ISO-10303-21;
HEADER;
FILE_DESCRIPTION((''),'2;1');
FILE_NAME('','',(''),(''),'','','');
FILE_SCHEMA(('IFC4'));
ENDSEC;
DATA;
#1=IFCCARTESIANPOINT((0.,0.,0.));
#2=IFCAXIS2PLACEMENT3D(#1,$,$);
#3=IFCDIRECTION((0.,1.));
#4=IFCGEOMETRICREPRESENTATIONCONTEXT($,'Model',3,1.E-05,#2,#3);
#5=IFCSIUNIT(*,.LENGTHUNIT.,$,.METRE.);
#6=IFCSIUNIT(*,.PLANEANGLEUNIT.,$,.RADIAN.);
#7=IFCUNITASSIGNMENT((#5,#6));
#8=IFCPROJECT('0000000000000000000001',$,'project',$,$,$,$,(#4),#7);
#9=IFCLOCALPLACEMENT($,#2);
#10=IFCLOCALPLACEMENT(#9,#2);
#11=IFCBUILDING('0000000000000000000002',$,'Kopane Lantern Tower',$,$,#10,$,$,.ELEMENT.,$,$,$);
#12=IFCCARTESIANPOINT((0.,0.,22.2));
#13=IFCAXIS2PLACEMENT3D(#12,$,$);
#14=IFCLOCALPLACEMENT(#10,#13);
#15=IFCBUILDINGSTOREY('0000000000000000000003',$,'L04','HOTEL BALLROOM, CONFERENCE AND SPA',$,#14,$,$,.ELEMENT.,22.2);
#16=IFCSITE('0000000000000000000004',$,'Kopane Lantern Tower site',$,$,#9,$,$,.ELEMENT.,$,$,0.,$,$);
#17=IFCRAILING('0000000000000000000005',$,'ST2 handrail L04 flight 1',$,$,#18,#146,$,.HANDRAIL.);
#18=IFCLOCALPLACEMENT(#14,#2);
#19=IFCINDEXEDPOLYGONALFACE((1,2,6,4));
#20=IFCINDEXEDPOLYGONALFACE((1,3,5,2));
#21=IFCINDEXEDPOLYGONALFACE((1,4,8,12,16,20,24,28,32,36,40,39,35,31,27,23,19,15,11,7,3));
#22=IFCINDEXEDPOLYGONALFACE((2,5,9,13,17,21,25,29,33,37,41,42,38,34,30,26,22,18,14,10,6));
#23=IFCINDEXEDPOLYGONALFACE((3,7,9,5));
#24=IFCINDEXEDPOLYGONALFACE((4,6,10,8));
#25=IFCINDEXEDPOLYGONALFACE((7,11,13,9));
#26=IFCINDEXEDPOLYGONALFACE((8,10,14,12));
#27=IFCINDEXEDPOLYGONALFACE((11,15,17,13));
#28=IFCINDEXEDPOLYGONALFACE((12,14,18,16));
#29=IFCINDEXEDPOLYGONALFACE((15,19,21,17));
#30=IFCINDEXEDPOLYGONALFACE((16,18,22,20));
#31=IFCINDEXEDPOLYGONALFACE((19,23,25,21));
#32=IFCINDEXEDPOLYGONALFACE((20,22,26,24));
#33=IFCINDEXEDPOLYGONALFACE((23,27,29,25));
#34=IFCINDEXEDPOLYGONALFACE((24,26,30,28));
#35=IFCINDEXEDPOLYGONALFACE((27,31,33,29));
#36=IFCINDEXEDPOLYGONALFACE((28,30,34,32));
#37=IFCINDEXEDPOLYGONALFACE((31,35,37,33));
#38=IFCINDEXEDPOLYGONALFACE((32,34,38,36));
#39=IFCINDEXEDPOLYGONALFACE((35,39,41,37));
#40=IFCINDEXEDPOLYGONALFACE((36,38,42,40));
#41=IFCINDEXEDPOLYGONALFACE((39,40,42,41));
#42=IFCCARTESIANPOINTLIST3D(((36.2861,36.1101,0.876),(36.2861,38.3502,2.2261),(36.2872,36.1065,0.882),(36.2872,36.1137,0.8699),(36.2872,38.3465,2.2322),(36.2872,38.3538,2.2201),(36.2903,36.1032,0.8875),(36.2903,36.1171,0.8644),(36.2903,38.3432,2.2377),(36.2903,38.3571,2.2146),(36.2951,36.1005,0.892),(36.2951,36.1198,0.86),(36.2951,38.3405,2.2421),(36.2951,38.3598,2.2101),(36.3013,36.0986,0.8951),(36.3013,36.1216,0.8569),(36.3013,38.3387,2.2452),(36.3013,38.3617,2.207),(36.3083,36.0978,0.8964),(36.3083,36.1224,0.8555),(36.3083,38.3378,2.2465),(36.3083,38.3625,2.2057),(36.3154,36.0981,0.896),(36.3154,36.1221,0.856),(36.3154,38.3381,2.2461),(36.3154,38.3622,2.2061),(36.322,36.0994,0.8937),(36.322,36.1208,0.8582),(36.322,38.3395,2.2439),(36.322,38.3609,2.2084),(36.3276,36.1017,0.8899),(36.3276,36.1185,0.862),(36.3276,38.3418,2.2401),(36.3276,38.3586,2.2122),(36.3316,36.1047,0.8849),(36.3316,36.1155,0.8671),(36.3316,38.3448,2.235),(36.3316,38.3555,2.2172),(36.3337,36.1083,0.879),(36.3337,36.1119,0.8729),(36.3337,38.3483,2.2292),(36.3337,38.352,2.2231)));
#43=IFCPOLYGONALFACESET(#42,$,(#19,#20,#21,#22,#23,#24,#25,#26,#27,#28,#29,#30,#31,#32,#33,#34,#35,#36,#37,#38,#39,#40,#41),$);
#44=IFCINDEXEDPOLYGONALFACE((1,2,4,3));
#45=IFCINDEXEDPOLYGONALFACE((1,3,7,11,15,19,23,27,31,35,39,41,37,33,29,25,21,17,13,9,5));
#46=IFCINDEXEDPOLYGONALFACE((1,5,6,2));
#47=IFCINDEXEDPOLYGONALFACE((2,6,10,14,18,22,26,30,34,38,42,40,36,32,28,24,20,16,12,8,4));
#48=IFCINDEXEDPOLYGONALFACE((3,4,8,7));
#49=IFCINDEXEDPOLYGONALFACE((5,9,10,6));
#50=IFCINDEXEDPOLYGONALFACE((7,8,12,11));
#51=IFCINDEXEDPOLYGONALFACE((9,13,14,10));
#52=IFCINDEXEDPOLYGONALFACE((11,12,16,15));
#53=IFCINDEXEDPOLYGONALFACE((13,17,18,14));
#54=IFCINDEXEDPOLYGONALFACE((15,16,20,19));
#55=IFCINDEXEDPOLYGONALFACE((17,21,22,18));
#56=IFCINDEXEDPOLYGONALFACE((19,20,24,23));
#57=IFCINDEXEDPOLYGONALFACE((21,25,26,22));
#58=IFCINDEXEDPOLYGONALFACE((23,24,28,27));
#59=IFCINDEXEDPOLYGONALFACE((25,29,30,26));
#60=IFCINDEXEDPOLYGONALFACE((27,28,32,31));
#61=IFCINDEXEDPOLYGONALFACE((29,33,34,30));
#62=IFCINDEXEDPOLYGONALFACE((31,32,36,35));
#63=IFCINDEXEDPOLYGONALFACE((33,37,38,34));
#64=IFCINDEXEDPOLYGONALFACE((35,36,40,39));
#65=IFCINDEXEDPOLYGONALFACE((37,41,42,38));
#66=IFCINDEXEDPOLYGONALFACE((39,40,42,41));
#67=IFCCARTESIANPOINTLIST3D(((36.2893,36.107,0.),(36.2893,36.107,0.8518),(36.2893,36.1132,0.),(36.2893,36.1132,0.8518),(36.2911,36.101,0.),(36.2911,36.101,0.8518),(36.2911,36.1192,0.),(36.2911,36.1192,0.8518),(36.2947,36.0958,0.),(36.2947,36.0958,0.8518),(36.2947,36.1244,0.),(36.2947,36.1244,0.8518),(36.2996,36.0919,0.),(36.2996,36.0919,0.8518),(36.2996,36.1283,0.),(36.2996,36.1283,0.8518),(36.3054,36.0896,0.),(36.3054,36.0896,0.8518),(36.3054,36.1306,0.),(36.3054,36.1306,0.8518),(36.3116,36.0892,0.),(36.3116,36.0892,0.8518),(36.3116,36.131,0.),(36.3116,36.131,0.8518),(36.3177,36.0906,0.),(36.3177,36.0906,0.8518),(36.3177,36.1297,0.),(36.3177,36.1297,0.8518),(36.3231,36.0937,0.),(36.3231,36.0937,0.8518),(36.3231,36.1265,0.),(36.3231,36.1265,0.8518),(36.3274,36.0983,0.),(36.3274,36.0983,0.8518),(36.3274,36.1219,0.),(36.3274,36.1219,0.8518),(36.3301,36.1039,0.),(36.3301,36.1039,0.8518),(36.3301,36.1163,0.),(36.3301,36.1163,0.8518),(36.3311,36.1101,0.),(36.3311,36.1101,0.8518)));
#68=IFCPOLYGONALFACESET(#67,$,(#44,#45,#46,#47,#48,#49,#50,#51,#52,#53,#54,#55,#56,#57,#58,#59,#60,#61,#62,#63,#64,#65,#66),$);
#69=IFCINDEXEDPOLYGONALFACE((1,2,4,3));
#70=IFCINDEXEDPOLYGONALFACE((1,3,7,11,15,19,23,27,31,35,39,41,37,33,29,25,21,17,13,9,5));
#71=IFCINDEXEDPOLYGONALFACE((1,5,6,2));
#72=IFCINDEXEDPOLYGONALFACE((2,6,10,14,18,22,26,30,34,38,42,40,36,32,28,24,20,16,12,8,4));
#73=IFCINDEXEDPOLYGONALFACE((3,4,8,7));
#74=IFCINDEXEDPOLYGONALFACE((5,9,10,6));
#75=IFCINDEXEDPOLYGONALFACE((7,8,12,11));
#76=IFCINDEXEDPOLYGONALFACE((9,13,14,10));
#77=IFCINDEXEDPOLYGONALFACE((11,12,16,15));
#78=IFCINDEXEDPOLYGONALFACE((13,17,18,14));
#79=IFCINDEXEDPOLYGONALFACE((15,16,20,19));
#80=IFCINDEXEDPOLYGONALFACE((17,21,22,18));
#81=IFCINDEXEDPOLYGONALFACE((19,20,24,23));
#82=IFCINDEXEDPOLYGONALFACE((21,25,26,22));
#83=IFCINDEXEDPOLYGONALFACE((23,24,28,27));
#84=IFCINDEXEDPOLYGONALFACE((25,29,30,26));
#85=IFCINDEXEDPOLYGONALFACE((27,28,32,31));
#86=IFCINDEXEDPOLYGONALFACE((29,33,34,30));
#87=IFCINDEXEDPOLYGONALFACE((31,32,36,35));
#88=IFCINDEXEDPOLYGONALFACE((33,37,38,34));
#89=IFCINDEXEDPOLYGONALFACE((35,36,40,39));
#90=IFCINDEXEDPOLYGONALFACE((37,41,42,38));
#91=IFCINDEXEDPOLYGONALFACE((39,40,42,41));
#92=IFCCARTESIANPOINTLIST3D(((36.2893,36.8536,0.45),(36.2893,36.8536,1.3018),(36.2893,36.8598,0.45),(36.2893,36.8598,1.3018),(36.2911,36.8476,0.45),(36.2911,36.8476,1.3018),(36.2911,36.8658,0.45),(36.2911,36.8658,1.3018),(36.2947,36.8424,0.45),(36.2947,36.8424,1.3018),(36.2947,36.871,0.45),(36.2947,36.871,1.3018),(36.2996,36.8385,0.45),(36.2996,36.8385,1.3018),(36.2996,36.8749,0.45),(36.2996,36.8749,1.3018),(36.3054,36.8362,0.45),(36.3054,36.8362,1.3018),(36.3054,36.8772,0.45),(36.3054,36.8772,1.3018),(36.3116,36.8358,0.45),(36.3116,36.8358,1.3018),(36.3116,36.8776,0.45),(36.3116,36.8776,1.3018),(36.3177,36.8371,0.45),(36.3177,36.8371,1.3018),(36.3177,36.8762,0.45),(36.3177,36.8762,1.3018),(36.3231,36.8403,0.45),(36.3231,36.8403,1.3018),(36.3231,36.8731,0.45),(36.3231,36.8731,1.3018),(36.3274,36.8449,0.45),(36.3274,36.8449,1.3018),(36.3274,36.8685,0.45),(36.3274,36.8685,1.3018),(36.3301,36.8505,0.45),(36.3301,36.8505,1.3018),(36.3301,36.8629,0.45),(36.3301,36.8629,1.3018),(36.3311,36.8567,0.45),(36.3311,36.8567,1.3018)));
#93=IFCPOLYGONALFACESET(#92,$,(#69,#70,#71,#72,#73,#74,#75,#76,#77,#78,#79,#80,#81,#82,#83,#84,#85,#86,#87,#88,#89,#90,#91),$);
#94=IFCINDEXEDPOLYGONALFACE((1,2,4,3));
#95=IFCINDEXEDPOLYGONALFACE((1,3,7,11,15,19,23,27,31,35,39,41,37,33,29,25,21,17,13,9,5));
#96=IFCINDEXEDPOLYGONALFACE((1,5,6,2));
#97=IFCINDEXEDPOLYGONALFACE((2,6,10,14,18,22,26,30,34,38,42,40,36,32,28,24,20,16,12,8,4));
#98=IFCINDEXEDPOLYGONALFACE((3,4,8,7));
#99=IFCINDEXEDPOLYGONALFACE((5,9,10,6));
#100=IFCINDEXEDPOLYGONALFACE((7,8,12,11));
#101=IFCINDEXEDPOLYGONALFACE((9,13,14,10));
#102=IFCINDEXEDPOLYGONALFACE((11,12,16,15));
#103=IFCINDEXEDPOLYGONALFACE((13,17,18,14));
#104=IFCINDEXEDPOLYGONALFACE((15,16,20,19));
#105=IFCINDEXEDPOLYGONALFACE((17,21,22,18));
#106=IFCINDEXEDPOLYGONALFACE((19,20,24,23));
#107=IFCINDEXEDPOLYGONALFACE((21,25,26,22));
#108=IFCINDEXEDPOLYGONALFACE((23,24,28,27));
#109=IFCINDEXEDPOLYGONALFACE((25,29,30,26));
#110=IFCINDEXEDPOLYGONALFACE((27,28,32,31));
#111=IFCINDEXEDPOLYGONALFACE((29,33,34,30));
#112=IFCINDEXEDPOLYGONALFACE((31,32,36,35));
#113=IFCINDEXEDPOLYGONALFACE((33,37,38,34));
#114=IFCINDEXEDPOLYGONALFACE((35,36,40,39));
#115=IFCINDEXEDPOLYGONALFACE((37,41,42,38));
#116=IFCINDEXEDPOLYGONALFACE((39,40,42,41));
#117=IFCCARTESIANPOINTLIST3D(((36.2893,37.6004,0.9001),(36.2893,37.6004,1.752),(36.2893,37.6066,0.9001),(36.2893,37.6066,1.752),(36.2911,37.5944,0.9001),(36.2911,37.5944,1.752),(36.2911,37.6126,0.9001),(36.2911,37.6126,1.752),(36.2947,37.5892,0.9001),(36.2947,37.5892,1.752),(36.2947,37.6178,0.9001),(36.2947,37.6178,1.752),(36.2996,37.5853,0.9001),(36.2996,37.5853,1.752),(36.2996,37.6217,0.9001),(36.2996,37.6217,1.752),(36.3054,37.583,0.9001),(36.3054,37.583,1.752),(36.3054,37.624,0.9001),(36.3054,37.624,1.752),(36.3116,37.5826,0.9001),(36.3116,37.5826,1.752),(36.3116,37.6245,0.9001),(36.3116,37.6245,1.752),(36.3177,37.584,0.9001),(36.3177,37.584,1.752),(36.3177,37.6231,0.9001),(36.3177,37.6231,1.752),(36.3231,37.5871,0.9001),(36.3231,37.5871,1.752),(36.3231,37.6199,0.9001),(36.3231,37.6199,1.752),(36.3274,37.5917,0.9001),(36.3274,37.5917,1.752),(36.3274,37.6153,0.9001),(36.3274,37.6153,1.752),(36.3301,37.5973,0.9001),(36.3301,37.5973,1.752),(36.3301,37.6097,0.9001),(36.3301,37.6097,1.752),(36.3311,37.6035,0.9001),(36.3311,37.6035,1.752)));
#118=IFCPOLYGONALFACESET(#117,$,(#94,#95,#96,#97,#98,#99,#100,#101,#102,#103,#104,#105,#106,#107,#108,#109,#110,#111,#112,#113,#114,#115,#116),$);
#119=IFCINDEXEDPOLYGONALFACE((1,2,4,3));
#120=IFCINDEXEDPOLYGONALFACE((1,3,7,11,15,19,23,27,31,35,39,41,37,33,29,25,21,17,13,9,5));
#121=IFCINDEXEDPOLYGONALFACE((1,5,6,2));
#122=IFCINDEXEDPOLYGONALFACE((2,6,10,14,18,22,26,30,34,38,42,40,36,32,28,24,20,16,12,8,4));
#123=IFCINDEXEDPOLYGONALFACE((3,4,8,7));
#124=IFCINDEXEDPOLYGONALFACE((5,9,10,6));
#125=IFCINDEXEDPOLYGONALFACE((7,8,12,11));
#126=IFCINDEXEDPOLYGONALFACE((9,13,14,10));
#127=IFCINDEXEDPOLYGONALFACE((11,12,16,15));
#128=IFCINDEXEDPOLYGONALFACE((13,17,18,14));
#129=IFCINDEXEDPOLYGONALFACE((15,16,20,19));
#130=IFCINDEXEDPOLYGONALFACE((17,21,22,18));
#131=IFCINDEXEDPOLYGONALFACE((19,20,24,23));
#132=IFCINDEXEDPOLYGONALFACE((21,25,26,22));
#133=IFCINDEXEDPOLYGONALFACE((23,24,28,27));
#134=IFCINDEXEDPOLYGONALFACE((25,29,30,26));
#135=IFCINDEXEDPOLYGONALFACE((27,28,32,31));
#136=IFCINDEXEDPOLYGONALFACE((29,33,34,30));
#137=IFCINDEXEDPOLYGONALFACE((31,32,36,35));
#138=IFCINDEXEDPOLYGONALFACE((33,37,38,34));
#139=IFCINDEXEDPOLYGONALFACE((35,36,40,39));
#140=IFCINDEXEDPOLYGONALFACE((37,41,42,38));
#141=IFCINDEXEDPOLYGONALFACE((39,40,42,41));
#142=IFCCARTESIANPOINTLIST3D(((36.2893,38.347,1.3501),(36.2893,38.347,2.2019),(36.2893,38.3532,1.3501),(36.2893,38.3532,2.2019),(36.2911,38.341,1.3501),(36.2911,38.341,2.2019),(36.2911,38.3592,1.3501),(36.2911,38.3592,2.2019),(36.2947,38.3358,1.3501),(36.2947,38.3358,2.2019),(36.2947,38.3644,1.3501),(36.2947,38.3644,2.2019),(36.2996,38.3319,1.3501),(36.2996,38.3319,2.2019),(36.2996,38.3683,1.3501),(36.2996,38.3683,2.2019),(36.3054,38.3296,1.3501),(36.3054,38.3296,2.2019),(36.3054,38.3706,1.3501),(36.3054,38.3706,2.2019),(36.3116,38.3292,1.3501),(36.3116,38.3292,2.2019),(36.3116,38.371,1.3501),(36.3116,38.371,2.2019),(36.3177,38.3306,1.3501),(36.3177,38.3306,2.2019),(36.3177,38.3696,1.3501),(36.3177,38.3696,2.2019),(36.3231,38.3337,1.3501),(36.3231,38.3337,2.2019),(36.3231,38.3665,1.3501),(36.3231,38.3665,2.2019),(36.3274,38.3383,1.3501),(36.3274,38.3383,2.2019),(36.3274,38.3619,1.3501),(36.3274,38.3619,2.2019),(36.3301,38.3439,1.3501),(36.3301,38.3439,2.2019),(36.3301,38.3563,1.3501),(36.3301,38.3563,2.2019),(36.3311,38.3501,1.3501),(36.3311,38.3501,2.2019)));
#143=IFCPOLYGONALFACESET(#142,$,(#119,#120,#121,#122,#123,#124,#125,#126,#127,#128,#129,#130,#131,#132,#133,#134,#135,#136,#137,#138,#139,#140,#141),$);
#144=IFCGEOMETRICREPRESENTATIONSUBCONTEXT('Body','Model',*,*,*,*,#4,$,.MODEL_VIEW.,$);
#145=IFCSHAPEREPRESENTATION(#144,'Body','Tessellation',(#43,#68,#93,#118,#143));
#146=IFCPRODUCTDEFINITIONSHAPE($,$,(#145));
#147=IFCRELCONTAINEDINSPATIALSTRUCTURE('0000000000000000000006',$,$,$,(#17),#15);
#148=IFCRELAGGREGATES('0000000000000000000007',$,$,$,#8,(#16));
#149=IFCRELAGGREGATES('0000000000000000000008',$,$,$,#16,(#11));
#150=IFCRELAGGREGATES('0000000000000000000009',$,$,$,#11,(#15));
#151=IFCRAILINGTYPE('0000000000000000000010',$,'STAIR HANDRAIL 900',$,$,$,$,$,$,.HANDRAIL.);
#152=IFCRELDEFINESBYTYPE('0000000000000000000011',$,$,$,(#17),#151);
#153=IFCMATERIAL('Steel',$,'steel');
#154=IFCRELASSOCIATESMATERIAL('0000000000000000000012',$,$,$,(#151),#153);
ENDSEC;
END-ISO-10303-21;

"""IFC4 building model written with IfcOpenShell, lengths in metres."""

from ifc_helpers import new_model, si_unit, direction, frame, origin, origin_2d, place, context, subcontext, project, spatial, circle, extrude, material, type_object, element, save


model = new_model("IFC4")

# Units and contexts
model_context = context("Model", 3, precision=1e-05, world=origin(), true_north=direction((0.0, 1.0)))
body_context = subcontext(model_context, "Body", "Model", "MODEL_VIEW")
ifc_project = project(units=[si_unit("LENGTHUNIT", "METRE"), si_unit("PLANEANGLEUNIT", "RADIAN")], contexts=[model_context])

# Site, building, storey
site_placement = place(None, origin())
site = spatial("IfcSite", under=ifc_project, at=site_placement, Name="Kopane Lantern Tower site", CompositionType="ELEMENT", RefElevation=0.0)
building_placement = place(site_placement, origin())
building = spatial("IfcBuilding", under=site, at=building_placement, Name="Kopane Lantern Tower", CompositionType="ELEMENT")
storey_placement = place(building_placement, frame((0.0, 0.0, 22.2)))
storey = spatial("IfcBuildingStorey", under=building, at=storey_placement, Name="L04", Description="HOTEL BALLROOM, CONFERENCE AND SPA", CompositionType="ELEMENT", Elevation=22.2)

# Railing
ifc_material_1 = material(Name="Steel", Category="steel")
railing_type_1 = type_object("IfcRailingType", Name="STAIR HANDRAIL 900", PredefinedType="HANDRAIL", material=ifc_material_1)
for number, where, name in (
    (1, (36.3101, 36.1101, 0.0), "ST2 handrail L04 flight 1"),
):
    element("IfcRailing", number, at=place(storey_placement, frame(where)), inside=storey, type_object=railing_type_1, Name=name, PredefinedType="HANDRAIL", context=body_context, shape_type="SweptSolid", body=[
        extrude(circle(Radius=0.0239, at=origin_2d()), frame((0.0, 0.0, 0.876), z_axis=(0.0, 0.856462, 0.516211), x_axis=(-1.0, 0.0, 0.0)), (0.0, 0.0, 1.0), 2.6155),
        extrude(circle(Radius=0.021, at=origin_2d()), origin(), (0.0, 0.0, 1.0), 0.8518),
        extrude(circle(Radius=0.021, at=origin_2d()), frame((0.0, 0.7466, 0.45)), (0.0, 0.0, 1.0), 0.8518),
        extrude(circle(Radius=0.021, at=origin_2d()), frame((0.0, 1.4934, 0.9001)), (0.0, 0.0, 1.0), 0.8518),
        extrude(circle(Radius=0.021, at=origin_2d()), frame((0.0, 2.24, 1.3501)), (0.0, 0.0, 1.0), 0.8518),
    ])

save(model, "model.ifc")
